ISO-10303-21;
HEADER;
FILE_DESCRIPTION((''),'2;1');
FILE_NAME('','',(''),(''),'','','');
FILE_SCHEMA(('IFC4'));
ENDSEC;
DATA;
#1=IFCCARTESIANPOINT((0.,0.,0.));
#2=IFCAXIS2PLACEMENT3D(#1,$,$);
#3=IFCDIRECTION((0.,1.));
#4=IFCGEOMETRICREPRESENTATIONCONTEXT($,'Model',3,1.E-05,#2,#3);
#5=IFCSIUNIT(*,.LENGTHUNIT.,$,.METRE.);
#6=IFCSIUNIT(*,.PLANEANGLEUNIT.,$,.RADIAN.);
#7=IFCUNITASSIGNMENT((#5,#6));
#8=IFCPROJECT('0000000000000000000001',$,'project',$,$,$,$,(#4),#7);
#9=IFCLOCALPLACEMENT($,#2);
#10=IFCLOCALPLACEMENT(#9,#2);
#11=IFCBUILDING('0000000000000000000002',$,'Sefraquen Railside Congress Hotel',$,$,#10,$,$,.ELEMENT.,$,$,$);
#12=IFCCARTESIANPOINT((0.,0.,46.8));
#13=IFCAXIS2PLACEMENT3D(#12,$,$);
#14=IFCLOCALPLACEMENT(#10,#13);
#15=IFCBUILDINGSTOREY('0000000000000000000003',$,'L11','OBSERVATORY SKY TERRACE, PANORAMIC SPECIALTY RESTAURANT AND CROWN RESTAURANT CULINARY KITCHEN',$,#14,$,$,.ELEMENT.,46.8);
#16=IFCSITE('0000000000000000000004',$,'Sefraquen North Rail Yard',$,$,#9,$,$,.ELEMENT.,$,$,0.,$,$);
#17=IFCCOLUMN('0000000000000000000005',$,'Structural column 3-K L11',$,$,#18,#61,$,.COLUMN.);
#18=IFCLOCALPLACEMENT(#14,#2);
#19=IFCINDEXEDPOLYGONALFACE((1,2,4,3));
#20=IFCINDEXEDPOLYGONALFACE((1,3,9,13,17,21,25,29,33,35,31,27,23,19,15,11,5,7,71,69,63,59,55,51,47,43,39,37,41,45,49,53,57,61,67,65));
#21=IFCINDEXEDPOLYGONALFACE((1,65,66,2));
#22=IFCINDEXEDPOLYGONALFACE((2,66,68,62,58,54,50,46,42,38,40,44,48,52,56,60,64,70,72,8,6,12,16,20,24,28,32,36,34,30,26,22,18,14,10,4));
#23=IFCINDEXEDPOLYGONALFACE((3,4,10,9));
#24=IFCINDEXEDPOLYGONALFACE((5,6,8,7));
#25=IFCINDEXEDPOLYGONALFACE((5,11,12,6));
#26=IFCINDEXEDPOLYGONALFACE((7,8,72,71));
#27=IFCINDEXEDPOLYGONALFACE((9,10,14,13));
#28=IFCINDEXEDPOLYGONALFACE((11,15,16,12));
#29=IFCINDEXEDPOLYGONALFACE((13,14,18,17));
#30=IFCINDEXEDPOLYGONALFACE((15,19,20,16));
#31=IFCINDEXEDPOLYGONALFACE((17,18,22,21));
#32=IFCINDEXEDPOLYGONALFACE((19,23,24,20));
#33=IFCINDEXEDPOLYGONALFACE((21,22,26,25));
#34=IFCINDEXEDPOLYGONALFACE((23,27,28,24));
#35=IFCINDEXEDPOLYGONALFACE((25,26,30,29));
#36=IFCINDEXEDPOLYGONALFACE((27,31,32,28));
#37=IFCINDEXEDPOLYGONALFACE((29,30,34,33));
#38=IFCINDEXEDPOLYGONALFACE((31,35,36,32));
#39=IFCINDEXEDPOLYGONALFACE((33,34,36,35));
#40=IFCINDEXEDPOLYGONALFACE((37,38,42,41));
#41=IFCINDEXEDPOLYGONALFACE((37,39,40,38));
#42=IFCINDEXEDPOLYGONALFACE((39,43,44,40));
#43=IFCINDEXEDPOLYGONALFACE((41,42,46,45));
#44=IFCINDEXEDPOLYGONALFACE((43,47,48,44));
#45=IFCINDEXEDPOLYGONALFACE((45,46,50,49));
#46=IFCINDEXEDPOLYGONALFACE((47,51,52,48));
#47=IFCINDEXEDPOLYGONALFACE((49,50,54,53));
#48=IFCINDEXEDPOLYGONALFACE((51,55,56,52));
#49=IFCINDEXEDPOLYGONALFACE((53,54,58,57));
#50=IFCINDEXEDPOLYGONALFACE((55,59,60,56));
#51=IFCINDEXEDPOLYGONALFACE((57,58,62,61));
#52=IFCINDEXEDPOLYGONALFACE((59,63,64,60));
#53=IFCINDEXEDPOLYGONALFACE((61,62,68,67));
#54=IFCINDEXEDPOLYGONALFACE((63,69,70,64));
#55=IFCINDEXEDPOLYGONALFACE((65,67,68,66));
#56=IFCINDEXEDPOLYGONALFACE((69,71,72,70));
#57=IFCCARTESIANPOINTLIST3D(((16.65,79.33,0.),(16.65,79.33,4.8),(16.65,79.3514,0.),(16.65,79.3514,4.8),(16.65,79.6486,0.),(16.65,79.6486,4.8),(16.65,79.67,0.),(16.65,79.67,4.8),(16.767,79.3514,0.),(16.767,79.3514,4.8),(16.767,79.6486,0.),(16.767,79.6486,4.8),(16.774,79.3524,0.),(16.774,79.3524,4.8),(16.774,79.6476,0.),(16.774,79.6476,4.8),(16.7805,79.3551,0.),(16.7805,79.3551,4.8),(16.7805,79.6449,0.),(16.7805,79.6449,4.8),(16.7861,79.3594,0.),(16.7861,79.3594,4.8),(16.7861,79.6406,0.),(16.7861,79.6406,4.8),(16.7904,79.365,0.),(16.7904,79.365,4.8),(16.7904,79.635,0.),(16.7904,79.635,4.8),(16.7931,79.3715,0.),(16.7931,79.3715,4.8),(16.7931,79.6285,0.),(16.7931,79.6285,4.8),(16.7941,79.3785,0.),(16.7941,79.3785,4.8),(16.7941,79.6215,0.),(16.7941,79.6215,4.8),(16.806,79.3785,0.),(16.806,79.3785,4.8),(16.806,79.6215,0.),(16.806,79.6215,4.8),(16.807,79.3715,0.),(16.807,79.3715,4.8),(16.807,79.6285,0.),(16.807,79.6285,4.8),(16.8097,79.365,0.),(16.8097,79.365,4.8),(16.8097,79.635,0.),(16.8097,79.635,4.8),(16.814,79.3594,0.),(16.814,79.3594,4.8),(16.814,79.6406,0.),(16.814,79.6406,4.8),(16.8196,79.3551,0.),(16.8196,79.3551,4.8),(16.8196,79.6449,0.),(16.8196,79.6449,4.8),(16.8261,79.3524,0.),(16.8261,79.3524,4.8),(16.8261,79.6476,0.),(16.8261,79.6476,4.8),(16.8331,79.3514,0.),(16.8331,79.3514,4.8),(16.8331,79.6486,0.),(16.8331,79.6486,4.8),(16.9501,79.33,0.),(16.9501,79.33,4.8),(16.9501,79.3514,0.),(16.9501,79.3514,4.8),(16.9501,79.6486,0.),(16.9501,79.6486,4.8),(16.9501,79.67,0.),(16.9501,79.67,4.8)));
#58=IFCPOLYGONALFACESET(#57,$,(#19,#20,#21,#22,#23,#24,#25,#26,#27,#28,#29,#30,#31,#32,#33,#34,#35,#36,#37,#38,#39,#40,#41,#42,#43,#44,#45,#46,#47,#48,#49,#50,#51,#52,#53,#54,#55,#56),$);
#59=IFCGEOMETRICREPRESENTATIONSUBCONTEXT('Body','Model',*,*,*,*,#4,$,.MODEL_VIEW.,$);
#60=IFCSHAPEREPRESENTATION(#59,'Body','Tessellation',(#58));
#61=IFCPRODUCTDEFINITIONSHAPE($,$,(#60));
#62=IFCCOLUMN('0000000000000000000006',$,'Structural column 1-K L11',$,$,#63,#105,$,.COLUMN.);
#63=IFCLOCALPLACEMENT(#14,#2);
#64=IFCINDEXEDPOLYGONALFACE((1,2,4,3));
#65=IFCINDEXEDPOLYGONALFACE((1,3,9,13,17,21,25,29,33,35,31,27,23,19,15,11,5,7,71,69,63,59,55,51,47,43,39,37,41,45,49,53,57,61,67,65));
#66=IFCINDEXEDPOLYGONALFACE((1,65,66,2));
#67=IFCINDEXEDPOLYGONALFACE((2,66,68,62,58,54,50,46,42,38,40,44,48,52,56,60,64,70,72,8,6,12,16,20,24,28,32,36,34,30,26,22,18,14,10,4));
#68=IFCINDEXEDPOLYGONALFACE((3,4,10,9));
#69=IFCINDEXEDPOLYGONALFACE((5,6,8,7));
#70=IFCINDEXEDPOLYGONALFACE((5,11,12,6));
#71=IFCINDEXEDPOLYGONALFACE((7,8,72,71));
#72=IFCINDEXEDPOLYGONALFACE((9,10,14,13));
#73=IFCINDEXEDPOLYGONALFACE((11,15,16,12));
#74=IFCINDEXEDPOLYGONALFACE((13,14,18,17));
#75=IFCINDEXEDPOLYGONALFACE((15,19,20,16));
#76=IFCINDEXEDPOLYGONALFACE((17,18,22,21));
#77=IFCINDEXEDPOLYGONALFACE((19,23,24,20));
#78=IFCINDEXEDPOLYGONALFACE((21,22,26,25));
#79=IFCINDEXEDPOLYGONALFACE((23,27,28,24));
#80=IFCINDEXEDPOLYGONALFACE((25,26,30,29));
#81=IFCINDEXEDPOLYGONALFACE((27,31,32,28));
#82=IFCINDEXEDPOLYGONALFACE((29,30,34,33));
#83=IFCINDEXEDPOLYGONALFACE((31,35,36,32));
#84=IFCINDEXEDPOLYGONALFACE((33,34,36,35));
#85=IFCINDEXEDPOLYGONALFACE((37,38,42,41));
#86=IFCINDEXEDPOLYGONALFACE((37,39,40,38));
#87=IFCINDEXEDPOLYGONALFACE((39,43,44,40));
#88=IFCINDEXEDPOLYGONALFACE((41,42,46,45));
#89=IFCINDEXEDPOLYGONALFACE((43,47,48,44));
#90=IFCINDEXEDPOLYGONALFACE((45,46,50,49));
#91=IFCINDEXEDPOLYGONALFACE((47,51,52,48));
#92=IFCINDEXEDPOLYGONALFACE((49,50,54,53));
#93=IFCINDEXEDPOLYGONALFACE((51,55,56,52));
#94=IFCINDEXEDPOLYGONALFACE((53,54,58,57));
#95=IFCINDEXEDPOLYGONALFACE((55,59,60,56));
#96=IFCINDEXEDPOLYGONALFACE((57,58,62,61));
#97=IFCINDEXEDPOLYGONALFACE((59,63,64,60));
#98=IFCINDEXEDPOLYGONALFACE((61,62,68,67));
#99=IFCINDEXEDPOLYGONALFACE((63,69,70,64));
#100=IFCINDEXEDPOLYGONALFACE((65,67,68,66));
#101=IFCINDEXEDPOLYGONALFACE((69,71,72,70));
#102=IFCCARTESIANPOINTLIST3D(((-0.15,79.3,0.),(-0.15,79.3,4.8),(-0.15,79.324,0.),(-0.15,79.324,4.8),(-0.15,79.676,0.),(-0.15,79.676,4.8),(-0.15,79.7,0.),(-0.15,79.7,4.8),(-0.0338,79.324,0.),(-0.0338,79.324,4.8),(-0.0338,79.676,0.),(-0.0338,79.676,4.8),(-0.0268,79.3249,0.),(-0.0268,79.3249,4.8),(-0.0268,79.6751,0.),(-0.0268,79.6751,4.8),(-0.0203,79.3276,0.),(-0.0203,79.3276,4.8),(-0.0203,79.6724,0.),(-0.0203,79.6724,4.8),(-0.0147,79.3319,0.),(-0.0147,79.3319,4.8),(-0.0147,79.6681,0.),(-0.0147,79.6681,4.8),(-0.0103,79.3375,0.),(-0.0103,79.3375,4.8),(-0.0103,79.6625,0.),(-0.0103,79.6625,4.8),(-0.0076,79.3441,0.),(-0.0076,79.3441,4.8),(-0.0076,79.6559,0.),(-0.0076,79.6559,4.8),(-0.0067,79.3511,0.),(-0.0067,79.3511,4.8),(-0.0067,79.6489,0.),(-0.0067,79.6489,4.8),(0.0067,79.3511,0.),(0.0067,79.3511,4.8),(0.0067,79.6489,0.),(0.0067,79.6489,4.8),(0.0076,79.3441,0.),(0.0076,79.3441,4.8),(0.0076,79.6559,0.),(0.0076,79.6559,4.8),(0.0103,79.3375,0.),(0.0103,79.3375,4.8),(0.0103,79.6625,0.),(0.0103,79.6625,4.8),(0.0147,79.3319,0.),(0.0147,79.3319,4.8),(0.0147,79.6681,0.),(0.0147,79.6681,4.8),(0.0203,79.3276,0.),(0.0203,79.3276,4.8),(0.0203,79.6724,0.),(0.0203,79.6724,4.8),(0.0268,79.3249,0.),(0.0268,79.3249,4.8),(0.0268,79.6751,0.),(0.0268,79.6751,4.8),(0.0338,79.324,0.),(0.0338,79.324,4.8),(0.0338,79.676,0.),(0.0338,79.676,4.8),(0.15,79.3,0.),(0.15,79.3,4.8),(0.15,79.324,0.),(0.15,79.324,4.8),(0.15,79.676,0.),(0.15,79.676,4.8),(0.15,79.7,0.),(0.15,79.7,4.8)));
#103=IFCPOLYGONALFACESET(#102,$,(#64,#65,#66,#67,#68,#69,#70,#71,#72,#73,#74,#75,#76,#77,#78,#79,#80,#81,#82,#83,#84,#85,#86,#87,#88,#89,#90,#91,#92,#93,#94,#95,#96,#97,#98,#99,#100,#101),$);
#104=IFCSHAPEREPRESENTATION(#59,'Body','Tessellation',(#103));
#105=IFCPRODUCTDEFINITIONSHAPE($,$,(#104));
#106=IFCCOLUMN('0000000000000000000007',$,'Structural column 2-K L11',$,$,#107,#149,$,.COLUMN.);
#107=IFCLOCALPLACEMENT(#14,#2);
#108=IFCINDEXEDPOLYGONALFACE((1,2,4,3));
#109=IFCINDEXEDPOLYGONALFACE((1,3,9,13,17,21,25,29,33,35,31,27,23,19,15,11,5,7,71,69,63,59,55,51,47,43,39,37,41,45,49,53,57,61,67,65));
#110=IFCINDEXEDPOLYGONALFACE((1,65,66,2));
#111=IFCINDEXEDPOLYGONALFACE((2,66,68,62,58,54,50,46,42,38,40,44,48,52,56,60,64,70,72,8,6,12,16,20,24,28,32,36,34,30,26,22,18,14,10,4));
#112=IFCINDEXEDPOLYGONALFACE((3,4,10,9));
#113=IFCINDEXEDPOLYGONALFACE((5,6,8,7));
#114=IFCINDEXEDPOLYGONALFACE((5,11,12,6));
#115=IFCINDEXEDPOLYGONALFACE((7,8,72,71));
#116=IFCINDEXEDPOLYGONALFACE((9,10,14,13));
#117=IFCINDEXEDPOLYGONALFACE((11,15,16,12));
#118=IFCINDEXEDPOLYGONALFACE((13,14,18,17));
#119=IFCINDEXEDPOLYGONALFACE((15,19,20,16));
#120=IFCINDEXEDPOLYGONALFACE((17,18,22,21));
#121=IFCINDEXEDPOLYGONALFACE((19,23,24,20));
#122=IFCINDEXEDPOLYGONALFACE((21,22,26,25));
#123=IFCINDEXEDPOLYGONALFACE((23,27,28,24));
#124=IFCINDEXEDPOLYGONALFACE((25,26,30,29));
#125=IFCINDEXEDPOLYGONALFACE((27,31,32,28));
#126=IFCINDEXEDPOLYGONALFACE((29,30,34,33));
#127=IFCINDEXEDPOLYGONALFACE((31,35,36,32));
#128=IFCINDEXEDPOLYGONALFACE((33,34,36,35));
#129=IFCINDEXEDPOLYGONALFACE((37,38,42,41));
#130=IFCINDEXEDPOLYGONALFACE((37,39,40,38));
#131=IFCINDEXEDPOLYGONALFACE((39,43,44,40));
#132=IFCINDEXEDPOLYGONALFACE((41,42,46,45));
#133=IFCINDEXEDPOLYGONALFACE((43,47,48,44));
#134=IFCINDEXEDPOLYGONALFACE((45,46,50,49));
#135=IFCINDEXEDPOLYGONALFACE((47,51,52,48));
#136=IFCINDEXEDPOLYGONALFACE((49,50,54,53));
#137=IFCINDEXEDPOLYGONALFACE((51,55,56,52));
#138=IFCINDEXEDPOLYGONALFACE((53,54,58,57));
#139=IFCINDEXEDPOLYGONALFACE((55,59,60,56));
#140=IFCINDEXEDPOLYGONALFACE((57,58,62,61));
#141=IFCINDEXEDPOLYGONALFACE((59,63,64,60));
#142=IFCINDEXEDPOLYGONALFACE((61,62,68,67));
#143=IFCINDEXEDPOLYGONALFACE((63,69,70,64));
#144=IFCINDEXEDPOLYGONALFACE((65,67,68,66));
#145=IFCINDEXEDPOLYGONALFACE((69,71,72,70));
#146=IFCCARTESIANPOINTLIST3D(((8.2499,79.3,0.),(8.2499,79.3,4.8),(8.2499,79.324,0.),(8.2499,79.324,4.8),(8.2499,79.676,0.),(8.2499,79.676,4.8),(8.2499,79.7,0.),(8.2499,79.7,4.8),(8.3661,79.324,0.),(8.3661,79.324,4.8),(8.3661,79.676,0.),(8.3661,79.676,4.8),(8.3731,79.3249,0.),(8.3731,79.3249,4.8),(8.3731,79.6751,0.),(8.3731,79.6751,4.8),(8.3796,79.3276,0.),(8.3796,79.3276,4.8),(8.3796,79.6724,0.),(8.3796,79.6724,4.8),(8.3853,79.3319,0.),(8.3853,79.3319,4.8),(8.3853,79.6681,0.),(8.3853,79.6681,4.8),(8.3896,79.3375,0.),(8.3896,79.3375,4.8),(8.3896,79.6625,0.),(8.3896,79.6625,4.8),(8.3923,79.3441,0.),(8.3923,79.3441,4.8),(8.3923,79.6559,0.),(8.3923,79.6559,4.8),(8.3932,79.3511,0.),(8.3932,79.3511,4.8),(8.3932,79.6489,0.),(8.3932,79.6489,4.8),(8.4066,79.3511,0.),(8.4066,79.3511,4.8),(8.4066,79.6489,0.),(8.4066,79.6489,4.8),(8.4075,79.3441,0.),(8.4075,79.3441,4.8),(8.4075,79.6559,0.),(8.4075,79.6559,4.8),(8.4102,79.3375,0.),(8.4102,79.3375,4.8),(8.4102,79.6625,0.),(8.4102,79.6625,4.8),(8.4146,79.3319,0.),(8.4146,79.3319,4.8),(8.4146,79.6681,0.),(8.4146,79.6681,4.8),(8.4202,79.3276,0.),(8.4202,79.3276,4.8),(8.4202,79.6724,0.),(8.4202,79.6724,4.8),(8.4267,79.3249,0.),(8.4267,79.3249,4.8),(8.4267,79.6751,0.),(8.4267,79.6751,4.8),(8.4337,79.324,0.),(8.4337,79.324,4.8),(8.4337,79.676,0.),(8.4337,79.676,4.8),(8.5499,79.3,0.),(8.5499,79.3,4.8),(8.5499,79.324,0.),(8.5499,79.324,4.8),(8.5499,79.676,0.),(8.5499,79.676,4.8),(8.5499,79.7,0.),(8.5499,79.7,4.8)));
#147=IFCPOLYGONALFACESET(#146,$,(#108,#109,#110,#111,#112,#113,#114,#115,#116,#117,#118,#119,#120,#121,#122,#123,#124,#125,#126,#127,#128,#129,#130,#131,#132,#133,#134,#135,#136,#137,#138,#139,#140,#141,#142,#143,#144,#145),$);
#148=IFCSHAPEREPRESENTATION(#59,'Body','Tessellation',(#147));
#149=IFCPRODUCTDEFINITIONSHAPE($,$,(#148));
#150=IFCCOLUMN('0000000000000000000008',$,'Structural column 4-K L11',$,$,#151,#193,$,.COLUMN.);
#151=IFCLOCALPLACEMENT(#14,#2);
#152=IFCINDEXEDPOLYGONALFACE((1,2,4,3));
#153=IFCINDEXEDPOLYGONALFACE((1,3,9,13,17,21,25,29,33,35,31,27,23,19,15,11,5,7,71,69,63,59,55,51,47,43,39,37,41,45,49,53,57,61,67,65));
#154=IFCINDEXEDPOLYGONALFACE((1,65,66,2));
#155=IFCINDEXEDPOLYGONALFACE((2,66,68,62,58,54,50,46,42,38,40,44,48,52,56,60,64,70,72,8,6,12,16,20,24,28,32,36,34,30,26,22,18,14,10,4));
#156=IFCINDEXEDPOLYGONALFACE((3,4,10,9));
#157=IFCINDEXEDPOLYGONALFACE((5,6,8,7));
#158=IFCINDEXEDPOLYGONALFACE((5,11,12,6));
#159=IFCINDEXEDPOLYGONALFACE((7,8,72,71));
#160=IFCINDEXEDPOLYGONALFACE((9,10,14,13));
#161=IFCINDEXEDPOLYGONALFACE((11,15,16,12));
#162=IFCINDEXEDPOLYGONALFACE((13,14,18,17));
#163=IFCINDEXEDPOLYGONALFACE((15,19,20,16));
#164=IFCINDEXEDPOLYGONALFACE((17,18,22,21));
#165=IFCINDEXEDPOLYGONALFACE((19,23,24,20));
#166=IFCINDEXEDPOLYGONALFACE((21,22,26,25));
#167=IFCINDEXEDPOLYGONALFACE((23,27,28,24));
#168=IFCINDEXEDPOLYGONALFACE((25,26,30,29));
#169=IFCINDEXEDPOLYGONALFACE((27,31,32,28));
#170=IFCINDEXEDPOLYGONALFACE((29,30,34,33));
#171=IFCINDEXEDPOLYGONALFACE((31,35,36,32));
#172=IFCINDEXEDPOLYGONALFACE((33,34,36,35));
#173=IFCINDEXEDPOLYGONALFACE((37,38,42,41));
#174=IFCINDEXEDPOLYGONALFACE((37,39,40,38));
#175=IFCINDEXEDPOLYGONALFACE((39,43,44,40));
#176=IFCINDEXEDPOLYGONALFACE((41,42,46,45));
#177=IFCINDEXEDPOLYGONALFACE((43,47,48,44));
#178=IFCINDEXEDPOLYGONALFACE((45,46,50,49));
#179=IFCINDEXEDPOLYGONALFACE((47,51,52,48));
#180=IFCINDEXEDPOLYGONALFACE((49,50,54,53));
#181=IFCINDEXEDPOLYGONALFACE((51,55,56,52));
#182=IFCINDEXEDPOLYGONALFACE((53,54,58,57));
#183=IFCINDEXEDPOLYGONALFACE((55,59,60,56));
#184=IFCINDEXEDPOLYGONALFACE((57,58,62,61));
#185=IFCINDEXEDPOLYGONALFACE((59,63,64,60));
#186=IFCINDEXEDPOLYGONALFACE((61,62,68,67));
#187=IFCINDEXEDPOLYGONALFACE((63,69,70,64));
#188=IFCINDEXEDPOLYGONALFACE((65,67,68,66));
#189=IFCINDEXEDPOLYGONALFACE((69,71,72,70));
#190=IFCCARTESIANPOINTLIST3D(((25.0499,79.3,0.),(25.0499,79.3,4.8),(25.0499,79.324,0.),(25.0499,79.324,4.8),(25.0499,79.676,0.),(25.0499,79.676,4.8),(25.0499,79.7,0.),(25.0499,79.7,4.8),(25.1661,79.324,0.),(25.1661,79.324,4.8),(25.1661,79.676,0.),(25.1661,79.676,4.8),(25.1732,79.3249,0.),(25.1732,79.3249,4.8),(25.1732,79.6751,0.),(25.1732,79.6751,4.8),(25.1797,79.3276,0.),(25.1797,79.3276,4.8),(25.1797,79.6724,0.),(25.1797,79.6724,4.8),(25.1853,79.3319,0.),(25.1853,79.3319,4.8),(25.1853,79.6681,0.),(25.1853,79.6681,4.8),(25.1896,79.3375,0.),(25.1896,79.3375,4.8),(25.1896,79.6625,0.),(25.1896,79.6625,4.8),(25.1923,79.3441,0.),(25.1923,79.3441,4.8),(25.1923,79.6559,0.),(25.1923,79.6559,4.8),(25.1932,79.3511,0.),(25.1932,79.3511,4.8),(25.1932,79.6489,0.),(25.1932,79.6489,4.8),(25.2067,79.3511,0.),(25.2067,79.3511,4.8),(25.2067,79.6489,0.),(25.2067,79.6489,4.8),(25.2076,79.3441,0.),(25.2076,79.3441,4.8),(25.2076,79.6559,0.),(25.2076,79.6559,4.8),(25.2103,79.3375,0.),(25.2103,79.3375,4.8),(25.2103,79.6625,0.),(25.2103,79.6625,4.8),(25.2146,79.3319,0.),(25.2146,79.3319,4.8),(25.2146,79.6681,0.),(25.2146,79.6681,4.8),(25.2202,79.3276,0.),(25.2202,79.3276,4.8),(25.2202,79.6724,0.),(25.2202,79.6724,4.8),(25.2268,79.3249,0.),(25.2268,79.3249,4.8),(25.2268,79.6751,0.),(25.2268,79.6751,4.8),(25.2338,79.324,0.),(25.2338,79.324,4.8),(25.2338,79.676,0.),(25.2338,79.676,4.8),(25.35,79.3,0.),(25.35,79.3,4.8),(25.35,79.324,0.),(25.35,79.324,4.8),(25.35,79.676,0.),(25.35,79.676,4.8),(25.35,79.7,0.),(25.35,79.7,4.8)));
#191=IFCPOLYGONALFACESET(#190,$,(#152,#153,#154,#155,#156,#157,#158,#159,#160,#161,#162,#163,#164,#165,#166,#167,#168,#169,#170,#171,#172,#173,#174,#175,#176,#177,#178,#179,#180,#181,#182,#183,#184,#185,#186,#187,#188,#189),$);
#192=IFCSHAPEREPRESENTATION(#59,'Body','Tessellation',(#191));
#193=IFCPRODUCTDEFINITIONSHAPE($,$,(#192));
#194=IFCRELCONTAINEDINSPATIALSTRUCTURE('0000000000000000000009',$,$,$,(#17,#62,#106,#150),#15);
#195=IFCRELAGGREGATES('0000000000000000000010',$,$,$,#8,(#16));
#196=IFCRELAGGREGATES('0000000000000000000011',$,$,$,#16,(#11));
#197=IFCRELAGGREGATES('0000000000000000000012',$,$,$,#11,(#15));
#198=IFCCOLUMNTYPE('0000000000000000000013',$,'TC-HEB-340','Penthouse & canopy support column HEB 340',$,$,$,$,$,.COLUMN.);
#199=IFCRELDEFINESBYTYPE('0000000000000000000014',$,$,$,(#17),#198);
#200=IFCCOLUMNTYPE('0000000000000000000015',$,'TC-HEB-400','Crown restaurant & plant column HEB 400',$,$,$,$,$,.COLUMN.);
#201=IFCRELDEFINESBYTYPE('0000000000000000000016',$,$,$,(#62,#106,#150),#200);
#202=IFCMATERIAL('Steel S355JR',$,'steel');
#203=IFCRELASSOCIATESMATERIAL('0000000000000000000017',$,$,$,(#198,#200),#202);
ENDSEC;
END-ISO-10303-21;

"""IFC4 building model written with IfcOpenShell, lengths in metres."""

from ifc_helpers import new_model, si_unit, direction, frame, origin, origin_2d, place, context, subcontext, project, spatial, i_section, extrude, material, material_profile, profile_set, type_object, element, save


model = new_model("IFC4")

# Units and contexts
model_context = context("Model", 3, precision=1e-05, world=origin(), true_north=direction((0.0, 1.0)))
body_context = subcontext(model_context, "Body", "Model", "MODEL_VIEW")
ifc_project = project(units=[si_unit("LENGTHUNIT", "METRE"), si_unit("PLANEANGLEUNIT", "RADIAN")], contexts=[model_context])

# Site, building, storey
site_placement = place(None, origin())
site = spatial("IfcSite", under=ifc_project, at=site_placement, Name="Sefraquen North Rail Yard", CompositionType="ELEMENT", RefElevation=0.0)
building_placement = place(site_placement, origin())
building = spatial("IfcBuilding", under=site, at=building_placement, Name="Sefraquen Railside Congress Hotel", CompositionType="ELEMENT")
storey_placement = place(building_placement, frame((0.0, 0.0, 46.8)))
storey = spatial("IfcBuildingStorey", under=building, at=storey_placement, Name="L11", Description="OBSERVATORY SKY TERRACE, PANORAMIC SPECIALTY RESTAURANT AND CROWN RESTAURANT CULINARY KITCHEN", CompositionType="ELEMENT", Elevation=46.8)

# Columns
ifc_material_1 = material(Name="Steel S355JR", Category="steel")
ifc_material_profile_1 = material_profile(ifc_material_1, i_section(OverallWidth=0.3, OverallDepth=0.3401, WebThickness=0.012, FlangeThickness=0.0215, FilletRadius=0.0271, at=origin_2d()), Name="HEB 340")
ifc_profile_set_1 = profile_set([ifc_material_profile_1], Name="Steel S355JR")
column_type_1 = type_object("IfcColumnType", Name="TC-HEB-340", Description="Penthouse & canopy support column HEB 340", PredefinedType="COLUMN", material=ifc_profile_set_1)
column_placement = place(storey_placement, frame((16.8, 79.5, 0.0), z_axis=(0.0, 0.0, 1.0), x_axis=(1.0, 0.0, 0.0)))
element("IfcColumn", 1, at=column_placement, inside=storey, type_object=column_type_1, Name="Structural column 3-K L11", PredefinedType="COLUMN", context=body_context, shape_type="SweptSolid", body=[
    extrude(i_section(OverallWidth=0.3, OverallDepth=0.3401, WebThickness=0.012, FlangeThickness=0.0215, FilletRadius=0.0271, at=origin_2d()), origin(), (0.0, 0.0, 1.0), 4.8),
])
ifc_material_profile_2 = material_profile(ifc_material_1, i_section(OverallWidth=0.3, OverallDepth=0.3999, WebThickness=0.0134, FlangeThickness=0.0239, FilletRadius=0.0271, at=origin_2d()), Name="HEB 400")
ifc_profile_set_2 = profile_set([ifc_material_profile_2], Name="Steel S355JR")
column_type_2 = type_object("IfcColumnType", Name="TC-HEB-400", Description="Crown restaurant & plant column HEB 400", PredefinedType="COLUMN", material=ifc_profile_set_2)
for number, where, z_axis, x_axis, name in (
    (2, (0.0, 79.5, 0.0), (0.0, 0.0, 1.0), (1.0, 0.0, 0.0), "Structural column 1-K L11"),
    (3, (8.3999, 79.5, 0.0), (0.0, 0.0, 1.0), (1.0, 0.0, 0.0), "Structural column 2-K L11"),
    (4, (25.2, 79.5, 0.0), (0.0, 0.0, 1.0), (1.0, 0.0, 0.0), "Structural column 4-K L11"),
):
    element("IfcColumn", number, at=place(storey_placement, frame(where, z_axis=z_axis, x_axis=x_axis)), inside=storey, type_object=column_type_2, Name=name, PredefinedType="COLUMN", context=body_context, shape_type="SweptSolid", body=[
        extrude(i_section(OverallWidth=0.3, OverallDepth=0.3999, WebThickness=0.0134, FlangeThickness=0.0239, FilletRadius=0.0271, at=origin_2d()), origin(), (0.0, 0.0, 1.0), 4.8),
    ])

save(model, "model.ifc")
